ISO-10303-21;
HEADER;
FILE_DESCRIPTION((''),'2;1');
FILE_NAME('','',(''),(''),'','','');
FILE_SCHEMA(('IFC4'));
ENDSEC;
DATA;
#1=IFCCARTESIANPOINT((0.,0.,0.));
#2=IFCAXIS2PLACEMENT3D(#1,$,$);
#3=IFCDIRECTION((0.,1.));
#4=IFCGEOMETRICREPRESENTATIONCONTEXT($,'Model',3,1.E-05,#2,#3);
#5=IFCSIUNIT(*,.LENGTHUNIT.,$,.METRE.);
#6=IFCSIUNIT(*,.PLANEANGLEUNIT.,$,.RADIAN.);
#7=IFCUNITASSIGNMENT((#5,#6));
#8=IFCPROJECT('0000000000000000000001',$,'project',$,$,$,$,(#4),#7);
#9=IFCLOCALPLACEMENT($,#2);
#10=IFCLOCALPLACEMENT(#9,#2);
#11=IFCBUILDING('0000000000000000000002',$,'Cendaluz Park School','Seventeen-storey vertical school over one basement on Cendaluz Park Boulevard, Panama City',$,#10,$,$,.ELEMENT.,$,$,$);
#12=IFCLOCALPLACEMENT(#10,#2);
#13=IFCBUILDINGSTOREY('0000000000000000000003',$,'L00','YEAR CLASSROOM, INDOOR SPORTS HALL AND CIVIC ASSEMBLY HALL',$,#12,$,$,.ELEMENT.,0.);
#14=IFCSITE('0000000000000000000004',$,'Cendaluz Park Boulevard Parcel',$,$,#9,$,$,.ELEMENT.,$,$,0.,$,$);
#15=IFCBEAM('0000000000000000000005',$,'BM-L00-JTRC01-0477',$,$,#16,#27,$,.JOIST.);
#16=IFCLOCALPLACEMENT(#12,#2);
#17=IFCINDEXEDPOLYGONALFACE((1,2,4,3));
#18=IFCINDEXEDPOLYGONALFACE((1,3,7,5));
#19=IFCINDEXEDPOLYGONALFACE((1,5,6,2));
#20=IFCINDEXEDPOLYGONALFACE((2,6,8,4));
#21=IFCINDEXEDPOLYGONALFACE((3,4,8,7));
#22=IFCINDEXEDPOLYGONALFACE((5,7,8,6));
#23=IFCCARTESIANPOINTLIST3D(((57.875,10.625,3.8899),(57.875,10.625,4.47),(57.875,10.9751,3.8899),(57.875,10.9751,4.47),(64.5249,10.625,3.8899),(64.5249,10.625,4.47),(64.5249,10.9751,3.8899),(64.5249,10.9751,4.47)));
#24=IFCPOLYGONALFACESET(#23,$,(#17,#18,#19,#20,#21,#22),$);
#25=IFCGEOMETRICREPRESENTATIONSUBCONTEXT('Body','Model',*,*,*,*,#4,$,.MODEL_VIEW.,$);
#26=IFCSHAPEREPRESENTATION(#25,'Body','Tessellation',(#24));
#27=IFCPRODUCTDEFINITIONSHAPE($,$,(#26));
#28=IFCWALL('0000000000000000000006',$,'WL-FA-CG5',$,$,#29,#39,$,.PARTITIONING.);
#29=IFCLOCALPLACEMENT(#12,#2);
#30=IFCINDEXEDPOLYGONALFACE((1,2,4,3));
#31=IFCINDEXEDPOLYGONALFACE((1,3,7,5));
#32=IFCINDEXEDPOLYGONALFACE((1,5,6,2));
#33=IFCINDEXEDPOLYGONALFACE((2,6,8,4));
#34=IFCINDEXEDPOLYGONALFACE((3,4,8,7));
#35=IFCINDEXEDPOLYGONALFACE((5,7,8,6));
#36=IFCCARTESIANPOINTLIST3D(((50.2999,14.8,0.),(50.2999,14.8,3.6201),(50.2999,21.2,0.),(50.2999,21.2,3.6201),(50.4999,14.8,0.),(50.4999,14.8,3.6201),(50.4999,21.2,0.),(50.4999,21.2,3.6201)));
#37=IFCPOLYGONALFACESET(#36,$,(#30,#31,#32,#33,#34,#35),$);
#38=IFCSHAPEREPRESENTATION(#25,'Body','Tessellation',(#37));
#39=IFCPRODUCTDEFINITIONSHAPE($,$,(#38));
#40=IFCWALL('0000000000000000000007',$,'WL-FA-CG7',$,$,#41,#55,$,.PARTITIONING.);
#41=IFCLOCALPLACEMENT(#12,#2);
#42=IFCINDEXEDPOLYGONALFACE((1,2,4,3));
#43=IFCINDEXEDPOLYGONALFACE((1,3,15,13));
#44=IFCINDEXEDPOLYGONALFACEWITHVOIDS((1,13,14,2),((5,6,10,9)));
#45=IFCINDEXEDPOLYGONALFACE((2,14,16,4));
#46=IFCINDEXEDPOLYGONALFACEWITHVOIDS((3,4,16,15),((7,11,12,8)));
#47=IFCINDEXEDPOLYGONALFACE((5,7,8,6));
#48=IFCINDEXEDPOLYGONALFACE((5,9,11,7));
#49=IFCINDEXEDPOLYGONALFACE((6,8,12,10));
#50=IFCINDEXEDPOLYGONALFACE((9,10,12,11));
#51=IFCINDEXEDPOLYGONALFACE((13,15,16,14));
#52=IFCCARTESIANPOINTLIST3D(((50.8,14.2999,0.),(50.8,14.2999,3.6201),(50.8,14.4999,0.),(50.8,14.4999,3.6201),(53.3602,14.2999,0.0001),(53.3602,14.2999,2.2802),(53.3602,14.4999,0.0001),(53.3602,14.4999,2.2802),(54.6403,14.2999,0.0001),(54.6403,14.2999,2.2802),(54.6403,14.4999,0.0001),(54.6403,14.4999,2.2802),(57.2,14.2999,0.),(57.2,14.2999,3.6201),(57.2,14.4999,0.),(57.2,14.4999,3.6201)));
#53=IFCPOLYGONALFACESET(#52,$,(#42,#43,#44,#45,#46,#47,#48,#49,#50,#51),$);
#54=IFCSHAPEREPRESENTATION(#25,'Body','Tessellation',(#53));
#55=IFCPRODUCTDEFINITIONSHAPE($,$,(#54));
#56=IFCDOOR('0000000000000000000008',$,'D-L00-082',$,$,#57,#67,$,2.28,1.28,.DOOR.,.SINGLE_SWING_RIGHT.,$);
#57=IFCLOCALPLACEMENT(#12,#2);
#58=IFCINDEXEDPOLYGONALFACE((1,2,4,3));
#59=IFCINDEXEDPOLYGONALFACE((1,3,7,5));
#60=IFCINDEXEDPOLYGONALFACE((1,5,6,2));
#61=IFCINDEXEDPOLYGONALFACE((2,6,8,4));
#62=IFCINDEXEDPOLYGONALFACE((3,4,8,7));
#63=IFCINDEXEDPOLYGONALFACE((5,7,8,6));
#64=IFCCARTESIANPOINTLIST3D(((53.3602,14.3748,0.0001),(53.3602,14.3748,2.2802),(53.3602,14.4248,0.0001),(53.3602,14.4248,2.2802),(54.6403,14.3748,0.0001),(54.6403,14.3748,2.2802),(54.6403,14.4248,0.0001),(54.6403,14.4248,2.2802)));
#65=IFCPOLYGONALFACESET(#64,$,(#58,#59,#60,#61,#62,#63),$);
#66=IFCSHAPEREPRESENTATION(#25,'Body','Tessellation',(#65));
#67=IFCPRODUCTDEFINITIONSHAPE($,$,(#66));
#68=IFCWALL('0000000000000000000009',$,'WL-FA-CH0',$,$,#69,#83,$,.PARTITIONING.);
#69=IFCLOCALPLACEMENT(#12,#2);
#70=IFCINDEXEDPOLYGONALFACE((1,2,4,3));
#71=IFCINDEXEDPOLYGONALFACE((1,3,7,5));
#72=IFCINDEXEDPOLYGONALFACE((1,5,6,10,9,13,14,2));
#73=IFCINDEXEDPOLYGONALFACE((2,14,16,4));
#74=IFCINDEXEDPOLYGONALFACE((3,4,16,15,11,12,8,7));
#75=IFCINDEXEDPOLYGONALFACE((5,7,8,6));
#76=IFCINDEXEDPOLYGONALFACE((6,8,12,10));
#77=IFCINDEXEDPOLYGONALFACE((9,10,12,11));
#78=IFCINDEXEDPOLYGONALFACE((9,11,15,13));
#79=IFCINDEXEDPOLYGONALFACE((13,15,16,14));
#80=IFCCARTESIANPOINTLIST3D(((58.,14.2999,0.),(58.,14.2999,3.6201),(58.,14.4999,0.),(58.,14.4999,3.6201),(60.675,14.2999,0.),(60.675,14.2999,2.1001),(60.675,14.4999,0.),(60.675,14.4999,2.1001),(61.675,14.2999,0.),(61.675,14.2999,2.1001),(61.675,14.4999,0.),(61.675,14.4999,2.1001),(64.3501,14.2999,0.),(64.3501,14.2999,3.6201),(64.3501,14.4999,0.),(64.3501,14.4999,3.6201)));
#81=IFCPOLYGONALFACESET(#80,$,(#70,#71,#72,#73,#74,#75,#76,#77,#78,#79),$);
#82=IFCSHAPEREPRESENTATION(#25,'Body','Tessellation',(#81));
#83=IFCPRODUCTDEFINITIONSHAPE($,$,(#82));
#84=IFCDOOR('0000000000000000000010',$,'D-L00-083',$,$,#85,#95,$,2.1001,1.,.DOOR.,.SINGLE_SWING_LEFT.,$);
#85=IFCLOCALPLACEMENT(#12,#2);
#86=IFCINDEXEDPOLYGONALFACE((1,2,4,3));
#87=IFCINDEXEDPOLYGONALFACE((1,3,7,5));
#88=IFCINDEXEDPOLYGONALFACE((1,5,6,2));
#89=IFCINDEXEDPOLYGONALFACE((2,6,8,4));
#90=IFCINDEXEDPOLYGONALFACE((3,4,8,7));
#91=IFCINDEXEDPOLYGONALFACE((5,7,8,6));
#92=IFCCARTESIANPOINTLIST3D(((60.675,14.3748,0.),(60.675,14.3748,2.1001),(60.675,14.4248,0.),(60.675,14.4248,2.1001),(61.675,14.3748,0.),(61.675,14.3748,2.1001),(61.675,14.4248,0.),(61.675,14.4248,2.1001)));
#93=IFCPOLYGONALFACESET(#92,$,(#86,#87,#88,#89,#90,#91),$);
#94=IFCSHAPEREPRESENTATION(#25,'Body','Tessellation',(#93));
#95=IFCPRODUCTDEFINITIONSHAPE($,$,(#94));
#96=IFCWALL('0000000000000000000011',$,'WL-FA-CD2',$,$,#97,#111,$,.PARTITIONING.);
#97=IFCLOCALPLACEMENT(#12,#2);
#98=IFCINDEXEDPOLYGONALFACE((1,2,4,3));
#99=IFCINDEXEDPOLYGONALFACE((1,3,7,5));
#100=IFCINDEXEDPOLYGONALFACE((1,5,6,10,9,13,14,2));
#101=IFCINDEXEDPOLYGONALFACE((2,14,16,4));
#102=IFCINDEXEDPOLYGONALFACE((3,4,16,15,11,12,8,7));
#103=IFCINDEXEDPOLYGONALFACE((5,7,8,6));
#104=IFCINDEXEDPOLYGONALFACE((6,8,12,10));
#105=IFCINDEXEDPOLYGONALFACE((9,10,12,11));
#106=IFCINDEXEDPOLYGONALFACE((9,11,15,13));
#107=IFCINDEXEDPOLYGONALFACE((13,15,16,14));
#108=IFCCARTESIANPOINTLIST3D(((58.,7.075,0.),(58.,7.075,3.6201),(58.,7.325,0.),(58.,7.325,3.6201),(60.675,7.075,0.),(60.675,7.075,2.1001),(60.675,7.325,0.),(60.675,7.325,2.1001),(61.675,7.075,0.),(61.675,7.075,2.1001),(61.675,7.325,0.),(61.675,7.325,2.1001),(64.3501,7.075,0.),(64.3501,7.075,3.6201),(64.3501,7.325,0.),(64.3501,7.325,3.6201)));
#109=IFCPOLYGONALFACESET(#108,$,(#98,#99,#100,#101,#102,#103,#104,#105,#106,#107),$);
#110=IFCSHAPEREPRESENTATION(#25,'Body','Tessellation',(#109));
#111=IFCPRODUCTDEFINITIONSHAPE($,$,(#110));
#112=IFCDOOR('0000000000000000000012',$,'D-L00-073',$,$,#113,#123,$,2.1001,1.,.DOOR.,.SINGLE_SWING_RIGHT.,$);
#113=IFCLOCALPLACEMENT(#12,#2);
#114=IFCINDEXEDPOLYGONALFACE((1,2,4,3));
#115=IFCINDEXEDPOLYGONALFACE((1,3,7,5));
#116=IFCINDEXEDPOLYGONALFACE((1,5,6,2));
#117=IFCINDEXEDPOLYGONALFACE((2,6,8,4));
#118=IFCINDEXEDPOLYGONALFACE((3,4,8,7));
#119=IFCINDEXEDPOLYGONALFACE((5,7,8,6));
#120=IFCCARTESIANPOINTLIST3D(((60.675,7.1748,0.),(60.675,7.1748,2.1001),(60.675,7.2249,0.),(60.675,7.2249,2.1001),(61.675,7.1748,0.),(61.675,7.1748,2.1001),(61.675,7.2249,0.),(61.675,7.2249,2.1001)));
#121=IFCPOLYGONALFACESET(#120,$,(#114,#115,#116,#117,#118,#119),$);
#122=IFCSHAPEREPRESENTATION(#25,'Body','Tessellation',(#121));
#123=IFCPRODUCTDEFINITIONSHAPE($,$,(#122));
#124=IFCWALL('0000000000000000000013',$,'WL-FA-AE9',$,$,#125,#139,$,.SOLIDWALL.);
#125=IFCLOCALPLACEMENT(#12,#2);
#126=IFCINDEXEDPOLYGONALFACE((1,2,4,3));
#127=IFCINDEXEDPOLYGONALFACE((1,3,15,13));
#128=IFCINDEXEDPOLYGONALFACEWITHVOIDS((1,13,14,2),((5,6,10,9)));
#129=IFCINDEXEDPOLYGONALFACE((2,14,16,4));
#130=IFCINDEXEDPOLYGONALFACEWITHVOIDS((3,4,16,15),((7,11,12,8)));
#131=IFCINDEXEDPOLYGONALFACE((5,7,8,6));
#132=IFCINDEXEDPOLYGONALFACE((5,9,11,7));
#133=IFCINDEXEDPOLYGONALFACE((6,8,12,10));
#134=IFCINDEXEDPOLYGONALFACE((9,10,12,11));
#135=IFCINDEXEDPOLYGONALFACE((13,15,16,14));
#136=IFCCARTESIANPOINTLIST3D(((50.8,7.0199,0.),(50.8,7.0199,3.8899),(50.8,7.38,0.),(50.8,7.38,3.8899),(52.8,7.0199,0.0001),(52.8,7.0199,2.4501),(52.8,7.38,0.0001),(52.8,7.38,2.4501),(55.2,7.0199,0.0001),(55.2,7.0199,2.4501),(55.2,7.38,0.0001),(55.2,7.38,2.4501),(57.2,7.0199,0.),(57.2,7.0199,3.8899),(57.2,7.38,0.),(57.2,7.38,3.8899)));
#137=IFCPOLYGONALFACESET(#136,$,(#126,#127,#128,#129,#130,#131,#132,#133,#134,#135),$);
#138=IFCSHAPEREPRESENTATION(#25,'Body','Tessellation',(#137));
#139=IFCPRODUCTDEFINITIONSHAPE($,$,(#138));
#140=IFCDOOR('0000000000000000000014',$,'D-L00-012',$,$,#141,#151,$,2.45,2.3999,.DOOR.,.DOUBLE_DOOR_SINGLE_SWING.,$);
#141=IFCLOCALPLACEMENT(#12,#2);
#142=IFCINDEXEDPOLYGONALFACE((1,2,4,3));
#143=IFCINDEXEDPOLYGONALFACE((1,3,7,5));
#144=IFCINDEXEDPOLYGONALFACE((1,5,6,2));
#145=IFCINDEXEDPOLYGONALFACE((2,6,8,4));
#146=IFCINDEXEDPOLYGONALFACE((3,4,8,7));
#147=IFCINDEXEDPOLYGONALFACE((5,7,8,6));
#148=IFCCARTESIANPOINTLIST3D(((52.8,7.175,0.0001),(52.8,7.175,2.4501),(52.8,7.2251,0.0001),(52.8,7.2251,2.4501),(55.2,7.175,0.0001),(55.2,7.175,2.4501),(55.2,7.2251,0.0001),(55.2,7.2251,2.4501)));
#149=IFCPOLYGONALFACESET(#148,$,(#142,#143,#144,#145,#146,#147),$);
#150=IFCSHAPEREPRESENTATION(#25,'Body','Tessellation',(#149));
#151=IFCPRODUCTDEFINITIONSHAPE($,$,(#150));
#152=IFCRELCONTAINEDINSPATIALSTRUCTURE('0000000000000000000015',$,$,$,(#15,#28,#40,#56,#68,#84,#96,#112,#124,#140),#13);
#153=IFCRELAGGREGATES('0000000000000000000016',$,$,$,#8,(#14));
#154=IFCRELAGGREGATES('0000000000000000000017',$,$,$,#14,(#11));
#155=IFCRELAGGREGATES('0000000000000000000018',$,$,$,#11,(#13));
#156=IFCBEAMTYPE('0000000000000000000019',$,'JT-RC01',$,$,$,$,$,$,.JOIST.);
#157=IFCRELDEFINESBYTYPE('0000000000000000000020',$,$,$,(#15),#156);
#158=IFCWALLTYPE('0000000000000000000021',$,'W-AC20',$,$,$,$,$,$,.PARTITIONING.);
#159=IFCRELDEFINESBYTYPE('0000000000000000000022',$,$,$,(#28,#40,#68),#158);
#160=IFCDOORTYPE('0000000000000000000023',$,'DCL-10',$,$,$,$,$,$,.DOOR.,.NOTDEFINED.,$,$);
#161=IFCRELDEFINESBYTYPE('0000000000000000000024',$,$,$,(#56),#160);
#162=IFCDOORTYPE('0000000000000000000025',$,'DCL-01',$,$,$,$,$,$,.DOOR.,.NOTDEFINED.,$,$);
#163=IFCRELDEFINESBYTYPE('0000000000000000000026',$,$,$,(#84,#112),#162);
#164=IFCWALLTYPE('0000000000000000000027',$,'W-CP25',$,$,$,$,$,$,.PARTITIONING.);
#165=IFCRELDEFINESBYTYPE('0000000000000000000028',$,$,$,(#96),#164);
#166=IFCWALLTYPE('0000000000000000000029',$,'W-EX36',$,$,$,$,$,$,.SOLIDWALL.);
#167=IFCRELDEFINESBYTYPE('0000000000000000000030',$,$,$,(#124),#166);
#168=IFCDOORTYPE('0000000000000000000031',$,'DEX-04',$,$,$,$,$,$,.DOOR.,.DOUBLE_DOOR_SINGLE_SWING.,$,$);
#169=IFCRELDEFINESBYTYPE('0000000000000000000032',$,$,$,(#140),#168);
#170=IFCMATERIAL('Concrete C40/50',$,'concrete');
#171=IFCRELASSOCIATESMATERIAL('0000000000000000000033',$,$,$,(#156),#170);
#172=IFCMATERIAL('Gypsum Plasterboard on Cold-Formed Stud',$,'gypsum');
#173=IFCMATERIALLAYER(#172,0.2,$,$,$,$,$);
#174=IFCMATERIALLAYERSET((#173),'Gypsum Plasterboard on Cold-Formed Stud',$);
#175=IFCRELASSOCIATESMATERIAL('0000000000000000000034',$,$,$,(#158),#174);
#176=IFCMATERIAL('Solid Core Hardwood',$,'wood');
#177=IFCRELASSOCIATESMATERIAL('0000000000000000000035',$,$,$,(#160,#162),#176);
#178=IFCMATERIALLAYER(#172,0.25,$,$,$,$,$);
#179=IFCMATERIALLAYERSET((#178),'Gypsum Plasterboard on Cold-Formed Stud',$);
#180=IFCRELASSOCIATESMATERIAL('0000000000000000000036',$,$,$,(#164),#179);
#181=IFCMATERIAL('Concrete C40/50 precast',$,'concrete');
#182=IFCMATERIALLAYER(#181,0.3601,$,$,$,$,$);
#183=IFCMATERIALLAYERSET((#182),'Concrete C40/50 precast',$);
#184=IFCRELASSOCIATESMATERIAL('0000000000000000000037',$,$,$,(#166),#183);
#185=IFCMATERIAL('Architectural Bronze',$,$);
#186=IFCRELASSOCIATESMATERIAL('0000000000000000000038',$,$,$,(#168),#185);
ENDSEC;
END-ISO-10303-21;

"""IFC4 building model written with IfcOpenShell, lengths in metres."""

from ifc_helpers import new_model, si_unit, direction, frame, frame_2d, origin, origin_2d, place, context, subcontext, project, spatial, rectangle, extrude, material, layer, layer_set, material_profile, profile_set, type_object, element, fill, save


model = new_model("IFC4")

# Units and contexts
model_context = context("Model", 3, precision=1e-05, world=origin(), true_north=direction((0.0, 1.0)))
body_context = subcontext(model_context, "Body", "Model", "MODEL_VIEW")
ifc_project = project(units=[si_unit("LENGTHUNIT", "METRE"), si_unit("PLANEANGLEUNIT", "RADIAN")], contexts=[model_context])

# Site, building, storey
site_placement = place(None, origin())
site = spatial("IfcSite", under=ifc_project, at=site_placement, Name="Cendaluz Park Boulevard Parcel", CompositionType="ELEMENT", RefElevation=0.0)
building_placement = place(site_placement, origin())
building = spatial("IfcBuilding", under=site, at=building_placement, Name="Cendaluz Park School", Description="Seventeen-storey vertical school over one basement on Cendaluz Park Boulevard, Panama City", CompositionType="ELEMENT")
storey_placement = place(building_placement, origin())
storey = spatial("IfcBuildingStorey", under=building, at=storey_placement, Name="L00", Description="YEAR CLASSROOM, INDOOR SPORTS HALL AND CIVIC ASSEMBLY HALL", CompositionType="ELEMENT", Elevation=0.0)

# Shared definitions
ifc_material_1 = material(Name="Concrete C40/50", Category="concrete")

# Beam
ifc_material_profile_1 = material_profile(ifc_material_1, rectangle(XDim=0.3501, YDim=0.5801, at=origin_2d()), Name="RC 350x580", Category="concrete")
ifc_profile_set_1 = profile_set([ifc_material_profile_1], Name="Concrete C40/50")
beam_type_1 = type_object("IfcBeamType", Name="JT-RC01", PredefinedType="JOIST", material=ifc_profile_set_1)
beam_1_placement = place(storey_placement, frame((57.875, 10.8, 4.1799), z_axis=(1.0, 0.0, 0.0), x_axis=(0.0, 1.0, 0.0)))
element("IfcBeam", 1, at=beam_1_placement, inside=storey, type_object=beam_type_1, Name="BM-L00-JTRC01-0477", PredefinedType="JOIST", context=body_context, shape_type="SweptSolid", body=[
    extrude(rectangle(XDim=0.3501, YDim=0.5801, at=origin_2d()), origin(), (0.0, 0.0, 1.0), 6.6499),
])

# Wall
ifc_material_2 = material(Name="Gypsum Plasterboard on Cold-Formed Stud", Category="gypsum")
ifc_layer_1 = layer(ifc_material_2, 0.2)
ifc_layer_set_1 = layer_set([ifc_layer_1], Name="Gypsum Plasterboard on Cold-Formed Stud")
wall_type_1 = type_object("IfcWallType", Name="W-AC20", PredefinedType="PARTITIONING", material=ifc_layer_set_1)
wall_1_placement = place(storey_placement, frame((50.3999, 14.8, 0.0), z_axis=(0.0, 0.0, 1.0), x_axis=(0.0, 1.0, 0.0)))
element("IfcWall", 2, at=wall_1_placement, inside=storey, type_object=wall_type_1, Name="WL-FA-CG5", PredefinedType="PARTITIONING", context=body_context, shape_type="SweptSolid", body=[
    extrude(rectangle(XDim=6.3999, YDim=0.2, at=frame_2d((3.2, 0.0))), origin(), (0.0, 0.0, 1.0), 3.6201),
])

# Walls, openings, doors
wall_2_placement = place(storey_placement, frame((50.8, 14.3999, 0.0), z_axis=(0.0, 0.0, 1.0), x_axis=(1.0, 0.0, 0.0)))
wall_2 = element("IfcWall", 3, at=wall_2_placement, inside=storey, type_object=wall_type_1, Name="WL-FA-CG7", PredefinedType="PARTITIONING", context=body_context, shape_type="SweptSolid", body=[
    extrude(rectangle(XDim=6.3999, YDim=0.2, at=frame_2d((3.2, 0.0))), origin(), (0.0, 0.0, 1.0), 3.6201),
])
opening_1_placement = place(wall_2_placement, frame((2.5601, 0.0, 0.0)))
opening_1 = element("IfcOpeningElement", 4, at=opening_1_placement, cuts=wall_2, PredefinedType="OPENING", context=body_context, shape_type="SweptSolid", body=[
    extrude(rectangle(XDim=1.28, YDim=2.28, at=frame_2d((0.6401, 1.1401))), frame((0.0, 0.1121, 0.0), z_axis=(0.0, -1.0, 0.0), x_axis=(1.0, 0.0, 0.0)), (0.0, 0.0, 1.0), 0.2239),
])
ifc_material_3 = material(Name="Solid Core Hardwood", Category="wood")
door_type_1 = type_object("IfcDoorType", Name="DCL-10", OperationType="NOTDEFINED", PredefinedType="DOOR", material=ifc_material_3)
door_1_placement = place(opening_1_placement, origin())
door_1 = element("IfcDoor", 5, at=door_1_placement, inside=storey, type_object=door_type_1, Name="D-L00-082", OperationType="SINGLE_SWING_RIGHT", OverallHeight=2.28, OverallWidth=1.28, PredefinedType="DOOR", context=body_context, shape_type="SweptSolid", body=[
    extrude(rectangle(XDim=1.28, YDim=2.28, at=frame_2d((0.6401, 1.1401))), frame((0.0, 0.0249, 0.0), z_axis=(0.0, -1.0, 0.0), x_axis=(1.0, 0.0, 0.0)), (0.0, 0.0, 1.0), 0.05),
])
fill(opening_1, door_1)
wall_3_placement = place(storey_placement, frame((58.0, 14.3999, 0.0), z_axis=(0.0, 0.0, 1.0), x_axis=(1.0, 0.0, 0.0)))
wall_3 = element("IfcWall", 6, at=wall_3_placement, inside=storey, type_object=wall_type_1, Name="WL-FA-CH0", PredefinedType="PARTITIONING", context=body_context, shape_type="SweptSolid", body=[
    extrude(rectangle(XDim=6.3501, YDim=0.2, at=frame_2d((3.175, 0.0))), origin(), (0.0, 0.0, 1.0), 3.6201),
])
opening_2_placement = place(wall_3_placement, frame((2.675, 0.0, 0.0)))
opening_2 = element("IfcOpeningElement", 7, at=opening_2_placement, cuts=wall_3, PredefinedType="OPENING", context=body_context, shape_type="SweptSolid", body=[
    extrude(rectangle(XDim=1.0, YDim=2.1001, at=frame_2d((0.5, 1.05))), frame((0.0, 0.1121, 0.0), z_axis=(0.0, -1.0, 0.0), x_axis=(1.0, 0.0, 0.0)), (0.0, 0.0, 1.0), 0.2239),
])
door_type_2 = type_object("IfcDoorType", Name="DCL-01", OperationType="NOTDEFINED", PredefinedType="DOOR", material=ifc_material_3)
door_2_placement = place(opening_2_placement, origin())
door_2 = element("IfcDoor", 8, at=door_2_placement, inside=storey, type_object=door_type_2, Name="D-L00-083", OperationType="SINGLE_SWING_LEFT", OverallHeight=2.1001, OverallWidth=1.0, PredefinedType="DOOR", context=body_context, shape_type="SweptSolid", body=[
    extrude(rectangle(XDim=1.0, YDim=2.1001, at=frame_2d((0.5, 1.05))), frame((0.0, 0.0249, 0.0), z_axis=(0.0, -1.0, 0.0), x_axis=(1.0, 0.0, 0.0)), (0.0, 0.0, 1.0), 0.05),
])
fill(opening_2, door_2)
ifc_layer_2 = layer(ifc_material_2, 0.25)
ifc_layer_set_2 = layer_set([ifc_layer_2], Name="Gypsum Plasterboard on Cold-Formed Stud")
wall_type_2 = type_object("IfcWallType", Name="W-CP25", PredefinedType="PARTITIONING", material=ifc_layer_set_2)
wall_4_placement = place(storey_placement, frame((58.0, 7.2, 0.0), z_axis=(0.0, 0.0, 1.0), x_axis=(1.0, 0.0, 0.0)))
wall_4 = element("IfcWall", 9, at=wall_4_placement, inside=storey, type_object=wall_type_2, Name="WL-FA-CD2", PredefinedType="PARTITIONING", context=body_context, shape_type="SweptSolid", body=[
    extrude(rectangle(XDim=6.3501, YDim=0.25, at=frame_2d((3.175, 0.0))), origin(), (0.0, 0.0, 1.0), 3.6201),
])
opening_3_placement = place(wall_4_placement, frame((2.675, 0.0, 0.0)))
opening_3 = element("IfcOpeningElement", 10, at=opening_3_placement, cuts=wall_4, PredefinedType="OPENING", context=body_context, shape_type="SweptSolid", body=[
    extrude(rectangle(XDim=1.0, YDim=2.1001, at=frame_2d((0.5, 1.05))), frame((0.0, 0.137, 0.0), z_axis=(0.0, -1.0, 0.0), x_axis=(1.0, 0.0, 0.0)), (0.0, 0.0, 1.0), 0.2739),
])
door_3_placement = place(opening_3_placement, origin())
door_3 = element("IfcDoor", 11, at=door_3_placement, inside=storey, type_object=door_type_2, Name="D-L00-073", OperationType="SINGLE_SWING_RIGHT", OverallHeight=2.1001, OverallWidth=1.0, PredefinedType="DOOR", context=body_context, shape_type="SweptSolid", body=[
    extrude(rectangle(XDim=1.0, YDim=2.1001, at=frame_2d((0.5, 1.05))), frame((0.0, 0.0249, 0.0), z_axis=(0.0, -1.0, 0.0), x_axis=(1.0, 0.0, 0.0)), (0.0, 0.0, 1.0), 0.05),
])
fill(opening_3, door_3)
ifc_material_4 = material(Name="Concrete C40/50 precast", Category="concrete")
ifc_layer_3 = layer(ifc_material_4, 0.3601)
ifc_layer_set_3 = layer_set([ifc_layer_3], Name="Concrete C40/50 precast")
wall_type_3 = type_object("IfcWallType", Name="W-EX36", PredefinedType="SOLIDWALL", material=ifc_layer_set_3)
wall_5_placement = place(storey_placement, frame((50.8, 7.2, 0.0), z_axis=(0.0, 0.0, 1.0), x_axis=(1.0, 0.0, 0.0)))
wall_5 = element("IfcWall", 12, at=wall_5_placement, inside=storey, type_object=wall_type_3, Name="WL-FA-AE9", PredefinedType="SOLIDWALL", context=body_context, shape_type="SweptSolid", body=[
    extrude(rectangle(XDim=6.3999, YDim=0.3601, at=frame_2d((3.2, 0.0))), origin(), (0.0, 0.0, 1.0), 3.8899),
])
opening_4_placement = place(wall_5_placement, frame((2.0, 0.0, 0.0)))
opening_4 = element("IfcOpeningElement", 13, at=opening_4_placement, cuts=wall_5, PredefinedType="OPENING", context=body_context, shape_type="SweptSolid", body=[
    extrude(rectangle(XDim=2.3999, YDim=2.45, at=frame_2d((1.2, 1.2251))), frame((0.0, 0.1921, 0.0), z_axis=(0.0, -1.0, 0.0), x_axis=(1.0, 0.0, 0.0)), (0.0, 0.0, 1.0), 0.384),
])
ifc_material_5 = material(Name="Architectural Bronze")
door_type_3 = type_object("IfcDoorType", Name="DEX-04", OperationType="DOUBLE_DOOR_SINGLE_SWING", PredefinedType="DOOR", material=ifc_material_5)
door_4_placement = place(opening_4_placement, frame((2.3999, 0.0, 0.0), z_axis=(0.0, 0.0, 1.0), x_axis=(-1.0, 0.0, 0.0)))
door_4 = element("IfcDoor", 14, at=door_4_placement, inside=storey, type_object=door_type_3, Name="D-L00-012", OperationType="DOUBLE_DOOR_SINGLE_SWING", OverallHeight=2.45, OverallWidth=2.3999, PredefinedType="DOOR", context=body_context, shape_type="SweptSolid", body=[
    extrude(rectangle(XDim=2.3999, YDim=2.45, at=frame_2d((1.2, 1.2251))), frame((0.0, 0.0249, 0.0), z_axis=(0.0, -1.0, 0.0), x_axis=(1.0, 0.0, 0.0)), (0.0, 0.0, 1.0), 0.05),
])
fill(opening_4, door_4)

save(model, "model.ifc")
